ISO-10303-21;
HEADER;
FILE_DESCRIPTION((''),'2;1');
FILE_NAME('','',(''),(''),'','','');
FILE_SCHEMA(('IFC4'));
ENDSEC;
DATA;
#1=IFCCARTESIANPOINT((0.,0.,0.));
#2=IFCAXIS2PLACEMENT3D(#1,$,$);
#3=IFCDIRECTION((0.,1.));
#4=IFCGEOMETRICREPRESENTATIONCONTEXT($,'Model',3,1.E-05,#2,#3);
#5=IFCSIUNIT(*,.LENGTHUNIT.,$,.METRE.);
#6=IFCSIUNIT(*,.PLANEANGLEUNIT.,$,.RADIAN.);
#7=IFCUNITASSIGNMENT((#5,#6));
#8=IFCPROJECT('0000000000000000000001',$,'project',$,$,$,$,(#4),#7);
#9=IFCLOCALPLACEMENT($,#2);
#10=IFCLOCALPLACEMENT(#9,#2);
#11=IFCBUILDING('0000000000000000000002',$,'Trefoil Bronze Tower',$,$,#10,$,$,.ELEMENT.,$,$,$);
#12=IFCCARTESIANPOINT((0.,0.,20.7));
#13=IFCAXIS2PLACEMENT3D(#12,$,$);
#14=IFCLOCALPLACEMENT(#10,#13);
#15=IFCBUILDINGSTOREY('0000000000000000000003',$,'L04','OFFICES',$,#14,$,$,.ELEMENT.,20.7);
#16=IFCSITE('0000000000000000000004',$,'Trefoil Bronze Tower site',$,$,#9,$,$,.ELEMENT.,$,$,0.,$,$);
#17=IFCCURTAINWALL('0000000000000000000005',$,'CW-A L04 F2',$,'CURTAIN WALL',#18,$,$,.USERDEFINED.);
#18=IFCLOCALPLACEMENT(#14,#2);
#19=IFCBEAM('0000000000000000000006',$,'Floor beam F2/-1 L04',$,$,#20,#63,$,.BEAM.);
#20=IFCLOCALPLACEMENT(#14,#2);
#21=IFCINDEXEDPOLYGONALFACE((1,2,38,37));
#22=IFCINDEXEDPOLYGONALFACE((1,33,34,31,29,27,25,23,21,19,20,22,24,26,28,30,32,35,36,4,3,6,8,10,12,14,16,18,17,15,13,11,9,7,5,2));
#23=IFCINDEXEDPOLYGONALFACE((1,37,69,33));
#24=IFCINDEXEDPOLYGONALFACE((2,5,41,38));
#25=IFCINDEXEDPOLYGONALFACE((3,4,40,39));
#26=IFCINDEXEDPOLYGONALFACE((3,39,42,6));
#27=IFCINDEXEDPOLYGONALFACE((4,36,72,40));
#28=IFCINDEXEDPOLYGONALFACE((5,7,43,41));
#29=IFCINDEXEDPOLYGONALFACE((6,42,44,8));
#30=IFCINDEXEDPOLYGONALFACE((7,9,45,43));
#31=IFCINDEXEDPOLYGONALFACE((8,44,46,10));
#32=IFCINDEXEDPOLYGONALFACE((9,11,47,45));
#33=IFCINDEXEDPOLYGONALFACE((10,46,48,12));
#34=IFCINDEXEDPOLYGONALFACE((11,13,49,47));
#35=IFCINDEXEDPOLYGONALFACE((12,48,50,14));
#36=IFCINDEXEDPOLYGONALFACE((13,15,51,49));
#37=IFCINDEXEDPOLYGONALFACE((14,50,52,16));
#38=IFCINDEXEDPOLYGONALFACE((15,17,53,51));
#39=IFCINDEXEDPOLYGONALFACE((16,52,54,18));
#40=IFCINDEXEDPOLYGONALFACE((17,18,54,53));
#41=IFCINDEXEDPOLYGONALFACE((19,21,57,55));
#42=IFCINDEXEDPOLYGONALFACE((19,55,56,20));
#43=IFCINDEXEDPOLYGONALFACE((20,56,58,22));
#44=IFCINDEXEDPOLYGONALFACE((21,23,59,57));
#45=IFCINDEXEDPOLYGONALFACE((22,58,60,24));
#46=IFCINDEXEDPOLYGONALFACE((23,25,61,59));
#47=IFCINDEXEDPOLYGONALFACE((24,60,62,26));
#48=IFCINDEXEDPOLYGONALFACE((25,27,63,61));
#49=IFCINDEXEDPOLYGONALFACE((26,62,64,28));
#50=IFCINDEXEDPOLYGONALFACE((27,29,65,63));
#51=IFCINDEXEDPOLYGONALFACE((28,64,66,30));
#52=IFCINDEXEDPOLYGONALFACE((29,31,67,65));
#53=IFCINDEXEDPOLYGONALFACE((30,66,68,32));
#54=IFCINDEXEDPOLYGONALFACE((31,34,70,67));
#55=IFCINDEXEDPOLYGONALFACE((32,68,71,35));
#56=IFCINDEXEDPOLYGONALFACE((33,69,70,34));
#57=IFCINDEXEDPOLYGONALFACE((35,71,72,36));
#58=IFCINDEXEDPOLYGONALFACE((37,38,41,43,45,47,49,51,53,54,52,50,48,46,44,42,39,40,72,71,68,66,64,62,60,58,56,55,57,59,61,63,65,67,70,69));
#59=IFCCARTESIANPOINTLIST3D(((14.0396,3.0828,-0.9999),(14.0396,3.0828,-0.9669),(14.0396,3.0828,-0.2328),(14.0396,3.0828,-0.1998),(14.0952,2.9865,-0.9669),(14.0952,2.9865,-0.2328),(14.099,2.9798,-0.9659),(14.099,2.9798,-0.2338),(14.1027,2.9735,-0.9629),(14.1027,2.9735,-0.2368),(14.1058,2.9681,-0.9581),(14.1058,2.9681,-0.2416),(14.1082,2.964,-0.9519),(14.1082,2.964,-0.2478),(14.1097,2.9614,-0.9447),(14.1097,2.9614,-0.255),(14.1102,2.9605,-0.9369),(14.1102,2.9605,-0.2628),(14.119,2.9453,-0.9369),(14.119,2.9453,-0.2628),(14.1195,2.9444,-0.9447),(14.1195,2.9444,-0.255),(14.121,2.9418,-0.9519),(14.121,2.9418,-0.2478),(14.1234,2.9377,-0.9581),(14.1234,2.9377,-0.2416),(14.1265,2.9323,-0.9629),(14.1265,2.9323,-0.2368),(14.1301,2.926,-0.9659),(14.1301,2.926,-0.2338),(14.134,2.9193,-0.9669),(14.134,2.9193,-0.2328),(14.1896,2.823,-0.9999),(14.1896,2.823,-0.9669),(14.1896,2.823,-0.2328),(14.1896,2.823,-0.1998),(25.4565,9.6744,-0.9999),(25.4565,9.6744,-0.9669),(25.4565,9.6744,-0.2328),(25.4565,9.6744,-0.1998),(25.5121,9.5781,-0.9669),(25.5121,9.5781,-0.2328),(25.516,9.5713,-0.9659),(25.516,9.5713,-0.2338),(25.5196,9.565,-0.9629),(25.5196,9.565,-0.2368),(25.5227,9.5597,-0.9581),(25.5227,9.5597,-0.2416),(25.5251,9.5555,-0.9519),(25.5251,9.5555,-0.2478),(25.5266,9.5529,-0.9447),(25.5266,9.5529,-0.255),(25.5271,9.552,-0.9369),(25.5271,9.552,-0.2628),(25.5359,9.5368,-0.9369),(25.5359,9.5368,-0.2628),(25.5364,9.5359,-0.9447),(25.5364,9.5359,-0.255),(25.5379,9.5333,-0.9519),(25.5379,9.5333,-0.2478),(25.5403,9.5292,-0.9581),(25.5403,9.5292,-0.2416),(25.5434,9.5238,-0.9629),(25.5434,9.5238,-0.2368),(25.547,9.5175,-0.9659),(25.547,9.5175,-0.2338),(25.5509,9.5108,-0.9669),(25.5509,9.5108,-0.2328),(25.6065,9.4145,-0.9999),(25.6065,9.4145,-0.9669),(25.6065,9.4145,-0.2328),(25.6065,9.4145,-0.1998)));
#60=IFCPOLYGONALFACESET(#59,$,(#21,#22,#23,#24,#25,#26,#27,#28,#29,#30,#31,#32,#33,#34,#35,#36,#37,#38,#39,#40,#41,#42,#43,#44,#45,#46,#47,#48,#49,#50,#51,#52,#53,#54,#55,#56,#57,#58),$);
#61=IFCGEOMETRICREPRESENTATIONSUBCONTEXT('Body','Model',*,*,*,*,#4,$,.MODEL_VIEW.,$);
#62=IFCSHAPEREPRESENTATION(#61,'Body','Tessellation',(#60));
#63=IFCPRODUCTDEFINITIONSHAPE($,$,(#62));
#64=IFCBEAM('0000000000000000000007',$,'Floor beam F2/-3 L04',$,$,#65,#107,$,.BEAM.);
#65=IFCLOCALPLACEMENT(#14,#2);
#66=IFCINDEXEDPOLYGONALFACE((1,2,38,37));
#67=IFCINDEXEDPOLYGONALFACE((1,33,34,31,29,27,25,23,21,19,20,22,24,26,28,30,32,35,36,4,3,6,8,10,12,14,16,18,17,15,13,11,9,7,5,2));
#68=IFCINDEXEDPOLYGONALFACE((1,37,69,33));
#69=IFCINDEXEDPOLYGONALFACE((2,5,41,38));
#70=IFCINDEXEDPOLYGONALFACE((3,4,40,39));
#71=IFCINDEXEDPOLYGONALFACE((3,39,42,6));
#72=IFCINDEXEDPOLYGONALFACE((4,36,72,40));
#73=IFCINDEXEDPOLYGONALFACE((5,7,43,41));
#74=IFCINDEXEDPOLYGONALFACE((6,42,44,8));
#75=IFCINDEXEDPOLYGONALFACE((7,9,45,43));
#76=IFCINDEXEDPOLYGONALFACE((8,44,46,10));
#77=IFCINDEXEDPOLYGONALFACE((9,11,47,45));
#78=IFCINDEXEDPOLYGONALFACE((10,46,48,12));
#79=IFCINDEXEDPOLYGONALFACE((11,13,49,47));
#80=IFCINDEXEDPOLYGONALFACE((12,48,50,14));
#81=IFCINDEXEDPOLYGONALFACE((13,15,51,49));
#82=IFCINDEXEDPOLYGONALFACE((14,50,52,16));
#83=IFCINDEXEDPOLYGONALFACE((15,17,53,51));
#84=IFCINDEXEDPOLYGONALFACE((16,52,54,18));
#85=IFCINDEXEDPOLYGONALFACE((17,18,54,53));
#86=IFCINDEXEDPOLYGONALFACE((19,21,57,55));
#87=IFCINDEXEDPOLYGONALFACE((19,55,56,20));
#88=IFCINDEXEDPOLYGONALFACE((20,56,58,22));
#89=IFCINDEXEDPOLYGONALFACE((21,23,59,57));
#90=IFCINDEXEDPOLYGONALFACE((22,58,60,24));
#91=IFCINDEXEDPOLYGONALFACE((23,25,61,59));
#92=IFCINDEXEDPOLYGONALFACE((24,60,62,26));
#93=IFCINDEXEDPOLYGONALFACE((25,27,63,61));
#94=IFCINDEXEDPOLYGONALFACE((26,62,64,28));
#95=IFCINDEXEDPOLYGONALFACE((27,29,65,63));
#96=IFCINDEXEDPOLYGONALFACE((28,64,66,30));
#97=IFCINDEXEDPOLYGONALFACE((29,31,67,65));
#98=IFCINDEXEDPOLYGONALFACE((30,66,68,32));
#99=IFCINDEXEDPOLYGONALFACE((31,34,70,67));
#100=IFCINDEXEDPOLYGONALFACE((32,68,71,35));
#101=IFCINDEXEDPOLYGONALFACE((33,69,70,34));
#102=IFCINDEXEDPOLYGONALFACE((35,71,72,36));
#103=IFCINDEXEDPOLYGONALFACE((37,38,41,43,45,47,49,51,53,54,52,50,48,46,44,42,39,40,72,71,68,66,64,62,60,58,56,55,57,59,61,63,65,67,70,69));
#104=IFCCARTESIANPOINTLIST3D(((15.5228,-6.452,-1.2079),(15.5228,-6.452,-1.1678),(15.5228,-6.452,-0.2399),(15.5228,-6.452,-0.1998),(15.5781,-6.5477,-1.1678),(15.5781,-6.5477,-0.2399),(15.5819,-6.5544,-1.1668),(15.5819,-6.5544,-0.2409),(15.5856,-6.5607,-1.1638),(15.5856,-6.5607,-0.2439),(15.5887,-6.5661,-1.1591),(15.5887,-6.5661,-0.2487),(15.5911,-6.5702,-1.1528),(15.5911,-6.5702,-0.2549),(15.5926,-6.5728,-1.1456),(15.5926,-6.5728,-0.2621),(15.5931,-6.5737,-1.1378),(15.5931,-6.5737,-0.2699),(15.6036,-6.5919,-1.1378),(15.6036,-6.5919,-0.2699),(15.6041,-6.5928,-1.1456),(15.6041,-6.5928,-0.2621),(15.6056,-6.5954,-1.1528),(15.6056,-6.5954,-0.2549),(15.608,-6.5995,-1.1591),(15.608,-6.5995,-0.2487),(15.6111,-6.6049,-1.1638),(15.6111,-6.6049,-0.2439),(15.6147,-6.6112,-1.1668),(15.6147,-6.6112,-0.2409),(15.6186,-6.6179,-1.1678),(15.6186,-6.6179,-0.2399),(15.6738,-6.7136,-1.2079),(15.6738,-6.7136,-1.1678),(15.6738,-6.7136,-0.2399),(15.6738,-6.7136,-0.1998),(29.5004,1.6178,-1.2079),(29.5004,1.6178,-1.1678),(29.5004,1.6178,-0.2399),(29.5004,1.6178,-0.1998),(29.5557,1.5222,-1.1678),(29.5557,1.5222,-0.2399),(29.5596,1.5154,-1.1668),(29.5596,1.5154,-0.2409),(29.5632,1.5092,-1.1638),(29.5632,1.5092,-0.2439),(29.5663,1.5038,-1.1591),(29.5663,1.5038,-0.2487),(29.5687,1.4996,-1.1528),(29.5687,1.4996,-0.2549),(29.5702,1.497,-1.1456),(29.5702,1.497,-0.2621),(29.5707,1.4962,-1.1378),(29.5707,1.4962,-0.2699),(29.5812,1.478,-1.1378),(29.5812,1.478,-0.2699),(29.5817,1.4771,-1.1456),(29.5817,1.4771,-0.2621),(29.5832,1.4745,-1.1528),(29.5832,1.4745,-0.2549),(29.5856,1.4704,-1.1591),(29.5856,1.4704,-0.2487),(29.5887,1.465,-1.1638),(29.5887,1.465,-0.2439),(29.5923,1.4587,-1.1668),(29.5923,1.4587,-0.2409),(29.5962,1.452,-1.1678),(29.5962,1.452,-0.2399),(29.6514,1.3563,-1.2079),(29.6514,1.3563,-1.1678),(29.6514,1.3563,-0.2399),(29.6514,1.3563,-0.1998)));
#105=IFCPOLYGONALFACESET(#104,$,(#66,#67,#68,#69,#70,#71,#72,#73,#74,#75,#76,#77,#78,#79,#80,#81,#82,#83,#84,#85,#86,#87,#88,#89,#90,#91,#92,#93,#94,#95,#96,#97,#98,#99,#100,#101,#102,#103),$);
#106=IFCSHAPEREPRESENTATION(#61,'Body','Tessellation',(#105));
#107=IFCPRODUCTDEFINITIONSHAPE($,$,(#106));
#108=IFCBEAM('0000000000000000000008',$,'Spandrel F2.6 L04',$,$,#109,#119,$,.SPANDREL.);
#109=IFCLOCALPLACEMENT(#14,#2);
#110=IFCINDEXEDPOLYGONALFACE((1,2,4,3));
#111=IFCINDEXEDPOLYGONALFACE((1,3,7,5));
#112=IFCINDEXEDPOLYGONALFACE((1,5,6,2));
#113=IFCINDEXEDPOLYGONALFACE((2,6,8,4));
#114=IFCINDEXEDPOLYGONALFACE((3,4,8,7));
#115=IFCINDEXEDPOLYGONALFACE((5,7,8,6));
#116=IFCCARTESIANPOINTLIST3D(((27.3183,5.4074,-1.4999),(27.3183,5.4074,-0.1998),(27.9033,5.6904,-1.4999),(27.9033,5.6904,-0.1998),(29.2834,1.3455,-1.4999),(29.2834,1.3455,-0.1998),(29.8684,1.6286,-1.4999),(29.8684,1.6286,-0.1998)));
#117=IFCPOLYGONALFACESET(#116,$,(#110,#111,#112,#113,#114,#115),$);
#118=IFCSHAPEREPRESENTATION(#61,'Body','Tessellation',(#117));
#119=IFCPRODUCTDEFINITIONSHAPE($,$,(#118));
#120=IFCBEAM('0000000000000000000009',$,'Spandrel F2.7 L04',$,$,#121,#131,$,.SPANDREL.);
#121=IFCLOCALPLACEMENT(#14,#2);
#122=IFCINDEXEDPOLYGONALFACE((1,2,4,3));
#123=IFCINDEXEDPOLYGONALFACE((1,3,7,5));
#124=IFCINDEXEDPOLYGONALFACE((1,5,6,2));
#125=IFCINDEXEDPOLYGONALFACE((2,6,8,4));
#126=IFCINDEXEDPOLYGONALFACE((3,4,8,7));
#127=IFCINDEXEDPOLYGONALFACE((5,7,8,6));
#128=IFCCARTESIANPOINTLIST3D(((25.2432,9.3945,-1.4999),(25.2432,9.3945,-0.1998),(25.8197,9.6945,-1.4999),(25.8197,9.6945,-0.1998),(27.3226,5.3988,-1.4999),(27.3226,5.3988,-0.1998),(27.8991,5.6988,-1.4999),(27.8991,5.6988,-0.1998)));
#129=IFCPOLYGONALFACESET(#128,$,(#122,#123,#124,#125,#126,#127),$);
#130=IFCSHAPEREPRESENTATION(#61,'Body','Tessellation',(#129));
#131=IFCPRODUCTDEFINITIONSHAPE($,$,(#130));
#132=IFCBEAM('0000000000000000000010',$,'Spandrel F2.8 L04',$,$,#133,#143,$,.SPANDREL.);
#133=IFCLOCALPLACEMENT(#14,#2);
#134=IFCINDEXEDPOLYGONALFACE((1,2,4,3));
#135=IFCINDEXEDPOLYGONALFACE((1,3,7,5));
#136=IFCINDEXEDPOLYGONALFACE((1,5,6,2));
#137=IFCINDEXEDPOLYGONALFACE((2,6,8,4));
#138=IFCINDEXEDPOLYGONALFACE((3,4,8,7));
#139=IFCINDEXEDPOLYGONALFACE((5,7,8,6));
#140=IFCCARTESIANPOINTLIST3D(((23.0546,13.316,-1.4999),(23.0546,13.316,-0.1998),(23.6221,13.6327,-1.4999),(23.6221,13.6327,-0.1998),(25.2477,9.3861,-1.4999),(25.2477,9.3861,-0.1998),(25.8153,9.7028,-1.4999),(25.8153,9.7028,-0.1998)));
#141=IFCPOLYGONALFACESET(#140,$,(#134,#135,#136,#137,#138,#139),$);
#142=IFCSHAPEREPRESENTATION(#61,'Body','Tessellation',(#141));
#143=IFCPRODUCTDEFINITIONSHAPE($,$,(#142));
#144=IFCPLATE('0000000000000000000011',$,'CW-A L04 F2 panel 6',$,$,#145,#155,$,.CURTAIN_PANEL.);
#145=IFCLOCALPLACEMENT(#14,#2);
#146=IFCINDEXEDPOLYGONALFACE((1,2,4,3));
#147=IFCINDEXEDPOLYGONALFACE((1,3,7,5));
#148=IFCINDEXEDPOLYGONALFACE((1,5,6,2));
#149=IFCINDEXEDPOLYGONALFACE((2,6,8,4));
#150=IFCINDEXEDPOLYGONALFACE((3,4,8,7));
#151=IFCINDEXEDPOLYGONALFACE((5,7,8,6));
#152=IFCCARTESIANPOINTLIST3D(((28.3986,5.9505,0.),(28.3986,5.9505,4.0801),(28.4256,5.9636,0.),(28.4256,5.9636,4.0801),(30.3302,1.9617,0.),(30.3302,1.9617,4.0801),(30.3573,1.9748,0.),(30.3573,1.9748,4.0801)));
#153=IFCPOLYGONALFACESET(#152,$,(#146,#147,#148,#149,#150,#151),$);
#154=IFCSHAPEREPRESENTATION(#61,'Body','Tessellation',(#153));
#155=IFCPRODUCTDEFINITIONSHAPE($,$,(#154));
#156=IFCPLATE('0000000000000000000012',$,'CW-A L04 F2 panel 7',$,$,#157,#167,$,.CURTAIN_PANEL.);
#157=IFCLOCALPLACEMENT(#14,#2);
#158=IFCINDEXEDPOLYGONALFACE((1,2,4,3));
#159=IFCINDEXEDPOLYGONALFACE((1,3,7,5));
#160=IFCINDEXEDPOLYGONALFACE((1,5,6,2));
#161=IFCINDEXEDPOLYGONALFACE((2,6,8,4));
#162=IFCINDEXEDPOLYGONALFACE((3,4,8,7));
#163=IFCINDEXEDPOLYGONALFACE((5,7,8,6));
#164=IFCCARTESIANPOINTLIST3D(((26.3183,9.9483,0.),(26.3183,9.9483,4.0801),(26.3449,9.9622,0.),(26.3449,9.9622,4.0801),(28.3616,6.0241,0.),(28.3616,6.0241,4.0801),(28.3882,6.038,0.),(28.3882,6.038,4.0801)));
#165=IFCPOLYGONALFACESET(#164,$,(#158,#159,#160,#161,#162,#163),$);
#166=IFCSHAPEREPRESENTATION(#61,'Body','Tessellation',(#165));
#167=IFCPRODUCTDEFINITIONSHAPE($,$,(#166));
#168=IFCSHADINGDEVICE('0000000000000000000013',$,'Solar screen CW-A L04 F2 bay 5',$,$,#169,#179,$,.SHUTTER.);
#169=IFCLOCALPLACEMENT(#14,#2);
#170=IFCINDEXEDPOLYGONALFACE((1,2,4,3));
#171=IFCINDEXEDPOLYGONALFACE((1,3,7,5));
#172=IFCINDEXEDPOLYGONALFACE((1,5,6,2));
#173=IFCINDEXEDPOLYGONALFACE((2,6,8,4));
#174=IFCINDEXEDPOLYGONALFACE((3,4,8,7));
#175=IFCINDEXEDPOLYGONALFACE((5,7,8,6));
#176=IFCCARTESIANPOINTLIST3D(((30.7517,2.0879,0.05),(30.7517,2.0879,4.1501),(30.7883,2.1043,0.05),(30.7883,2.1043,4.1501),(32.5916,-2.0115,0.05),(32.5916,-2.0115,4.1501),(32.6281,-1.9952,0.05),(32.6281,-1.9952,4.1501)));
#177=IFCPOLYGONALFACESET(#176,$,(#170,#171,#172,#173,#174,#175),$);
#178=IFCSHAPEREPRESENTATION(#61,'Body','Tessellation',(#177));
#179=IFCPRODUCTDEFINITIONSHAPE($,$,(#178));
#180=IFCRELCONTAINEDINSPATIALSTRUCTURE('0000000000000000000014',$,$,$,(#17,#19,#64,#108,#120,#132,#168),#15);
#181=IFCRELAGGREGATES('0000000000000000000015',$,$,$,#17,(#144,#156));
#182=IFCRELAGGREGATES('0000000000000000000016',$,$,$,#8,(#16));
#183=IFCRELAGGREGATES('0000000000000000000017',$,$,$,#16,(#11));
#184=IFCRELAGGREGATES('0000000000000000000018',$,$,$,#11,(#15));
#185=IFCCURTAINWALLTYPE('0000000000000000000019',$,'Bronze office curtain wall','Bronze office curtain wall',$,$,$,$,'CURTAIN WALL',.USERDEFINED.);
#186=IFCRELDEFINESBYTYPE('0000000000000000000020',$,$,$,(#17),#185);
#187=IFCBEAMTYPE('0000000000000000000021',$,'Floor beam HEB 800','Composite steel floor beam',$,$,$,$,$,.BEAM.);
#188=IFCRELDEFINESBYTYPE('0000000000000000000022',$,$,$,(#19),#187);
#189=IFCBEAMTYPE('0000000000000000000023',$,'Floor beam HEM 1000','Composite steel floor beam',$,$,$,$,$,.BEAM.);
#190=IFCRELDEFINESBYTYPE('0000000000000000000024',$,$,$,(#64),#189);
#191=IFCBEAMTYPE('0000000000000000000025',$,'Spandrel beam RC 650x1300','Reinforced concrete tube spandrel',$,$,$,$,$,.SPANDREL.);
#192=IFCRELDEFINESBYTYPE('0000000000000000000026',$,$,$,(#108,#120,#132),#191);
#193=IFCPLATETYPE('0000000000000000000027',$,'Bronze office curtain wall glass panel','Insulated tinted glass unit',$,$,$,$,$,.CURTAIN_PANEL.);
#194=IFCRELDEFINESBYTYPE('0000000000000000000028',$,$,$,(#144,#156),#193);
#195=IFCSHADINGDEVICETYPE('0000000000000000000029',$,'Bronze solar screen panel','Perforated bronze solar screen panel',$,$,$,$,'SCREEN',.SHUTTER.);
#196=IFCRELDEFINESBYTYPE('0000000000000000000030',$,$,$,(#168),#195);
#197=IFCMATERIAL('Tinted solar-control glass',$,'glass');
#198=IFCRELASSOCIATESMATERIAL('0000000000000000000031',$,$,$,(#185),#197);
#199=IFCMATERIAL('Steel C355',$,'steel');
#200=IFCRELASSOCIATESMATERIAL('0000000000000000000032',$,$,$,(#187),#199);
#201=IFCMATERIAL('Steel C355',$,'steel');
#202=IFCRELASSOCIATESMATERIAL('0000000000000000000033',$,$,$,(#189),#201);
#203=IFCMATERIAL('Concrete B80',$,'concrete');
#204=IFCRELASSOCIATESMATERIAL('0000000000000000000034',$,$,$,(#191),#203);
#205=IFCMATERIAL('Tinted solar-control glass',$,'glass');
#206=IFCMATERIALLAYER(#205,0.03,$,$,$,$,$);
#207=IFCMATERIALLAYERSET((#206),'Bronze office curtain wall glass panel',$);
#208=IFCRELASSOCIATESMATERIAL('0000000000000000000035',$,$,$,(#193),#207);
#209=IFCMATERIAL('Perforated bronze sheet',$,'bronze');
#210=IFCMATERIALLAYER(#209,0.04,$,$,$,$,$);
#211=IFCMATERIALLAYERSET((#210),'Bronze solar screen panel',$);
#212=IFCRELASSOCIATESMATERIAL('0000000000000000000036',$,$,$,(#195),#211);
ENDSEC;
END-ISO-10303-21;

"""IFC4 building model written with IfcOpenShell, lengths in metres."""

from ifc_helpers import new_model, si_unit, direction, frame, origin, origin_2d, place, context, subcontext, project, spatial, rectangle, i_section, extrude, material, layer, layer_set, material_profile, profile_set, type_object, element, aggregate, save


model = new_model("IFC4")

# Units and contexts
model_context = context("Model", 3, precision=1e-05, world=origin(), true_north=direction((0.0, 1.0)))
body_context = subcontext(model_context, "Body", "Model", "MODEL_VIEW")
ifc_project = project(units=[si_unit("LENGTHUNIT", "METRE"), si_unit("PLANEANGLEUNIT", "RADIAN")], contexts=[model_context])

# Site, building, storey
site_placement = place(None, origin())
site = spatial("IfcSite", under=ifc_project, at=site_placement, Name="Trefoil Bronze Tower site", CompositionType="ELEMENT", RefElevation=0.0)
building_placement = place(site_placement, origin())
building = spatial("IfcBuilding", under=site, at=building_placement, Name="Trefoil Bronze Tower", CompositionType="ELEMENT")
storey_placement = place(building_placement, frame((0.0, 0.0, 20.7)))
storey = spatial("IfcBuildingStorey", under=building, at=storey_placement, Name="L04", Description="OFFICES", CompositionType="ELEMENT", Elevation=20.7)

# Curtain wall
ifc_material_1 = material(Name="Tinted solar-control glass", Category="glass")
curtain_wall_type = type_object("IfcCurtainWallType", Name="Bronze office curtain wall", Description="Bronze office curtain wall", ElementType="CURTAIN WALL", PredefinedType="USERDEFINED", material=ifc_material_1)
curtain_wall_placement = place(storey_placement, origin())
curtain_wall = element("IfcCurtainWall", 1, at=curtain_wall_placement, inside=storey, type_object=curtain_wall_type, Name="CW-A L04 F2", ObjectType="CURTAIN WALL", PredefinedType="USERDEFINED")

# Beams
ifc_material_2 = material(Name="Steel C355", Category="steel")
ifc_material_profile_1 = material_profile(ifc_material_2, i_section(OverallWidth=0.3, OverallDepth=0.8, WebThickness=0.0176, FlangeThickness=0.033, FilletRadius=0.03, at=origin_2d()), Name="HEB 800")
ifc_profile_set_1 = profile_set([ifc_material_profile_1], Name="Steel C355")
beam_type_1 = type_object("IfcBeamType", Name="Floor beam HEB 800", Description="Composite steel floor beam", PredefinedType="BEAM", material=ifc_profile_set_1)
beam_1_placement = place(storey_placement, frame((25.5315, 9.5444, -0.5999), z_axis=(-0.866027, -0.499997, 0.0), x_axis=(0.499997, -0.866027, 0.0)))
element("IfcBeam", 2, at=beam_1_placement, inside=storey, type_object=beam_type_1, Name="Floor beam F2/-1 L04", PredefinedType="BEAM", context=body_context, shape_type="SweptSolid", body=[
    extrude(i_section(OverallWidth=0.3, OverallDepth=0.8, WebThickness=0.0176, FlangeThickness=0.033, FilletRadius=0.03, at=origin_2d()), origin(), (0.0, 0.0, 1.0), 13.1831),
])
ifc_material_3 = material(Name="Steel C355", Category="steel")
ifc_material_profile_2 = material_profile(ifc_material_3, i_section(OverallWidth=0.302, OverallDepth=1.0081, WebThickness=0.021, FlangeThickness=0.04, FilletRadius=0.03, at=origin_2d()), Name="HEM 1000")
ifc_profile_set_2 = profile_set([ifc_material_profile_2], Name="Steel C355")
beam_type_2 = type_object("IfcBeamType", Name="Floor beam HEM 1000", Description="Composite steel floor beam", PredefinedType="BEAM", material=ifc_profile_set_2)
beam_2_placement = place(storey_placement, frame((29.5759, 1.4871, -0.7039), z_axis=(-0.866028, -0.499995, 0.0), x_axis=(0.499995, -0.866028, 0.0)))
element("IfcBeam", 3, at=beam_2_placement, inside=storey, type_object=beam_type_2, Name="Floor beam F2/-3 L04", PredefinedType="BEAM", context=body_context, shape_type="SweptSolid", body=[
    extrude(i_section(OverallWidth=0.302, OverallDepth=1.0081, WebThickness=0.021, FlangeThickness=0.04, FilletRadius=0.03, at=origin_2d()), origin(), (0.0, 0.0, 1.0), 16.1399),
])
ifc_material_4 = material(Name="Concrete B80", Category="concrete")
ifc_material_profile_3 = material_profile(ifc_material_4, rectangle(XDim=0.6499, YDim=1.3, at=origin_2d()), Name="RC 650x1300")
ifc_profile_set_3 = profile_set([ifc_material_profile_3], Name="Concrete B80")
beam_type_3 = type_object("IfcBeamType", Name="Spandrel beam RC 650x1300", Description="Reinforced concrete tube spandrel", PredefinedType="SPANDREL", material=ifc_profile_set_3)
beam_3_placement = place(storey_placement, frame((29.5759, 1.4871, -0.8499), z_axis=(-0.43551, 0.900184, 0.0), x_axis=(-0.900184, -0.43551, 0.0)))
element("IfcBeam", 4, at=beam_3_placement, inside=storey, type_object=beam_type_3, Name="Spandrel F2.6 L04", PredefinedType="SPANDREL", context=body_context, shape_type="SweptSolid", body=[
    extrude(rectangle(XDim=0.6499, YDim=1.3, at=origin_2d()), origin(), (0.0, 0.0, 1.0), 4.5122),
])
beam_4_placement = place(storey_placement, frame((27.6108, 5.5488, -0.8499), z_axis=(-0.461638, 0.887069, 0.0), x_axis=(-0.887069, -0.461638, 0.0)))
element("IfcBeam", 5, at=beam_4_placement, inside=storey, type_object=beam_type_3, Name="Spandrel F2.7 L04", PredefinedType="SPANDREL", context=body_context, shape_type="SweptSolid", body=[
    extrude(rectangle(XDim=0.6499, YDim=1.3, at=origin_2d()), origin(), (0.0, 0.0, 1.0), 4.5044),
])
beam_5_placement = place(storey_placement, frame((25.5315, 9.5444, -0.8499), z_axis=(-0.487309, 0.873229, 0.0), x_axis=(-0.873229, -0.487309, 0.0)))
element("IfcBeam", 6, at=beam_5_placement, inside=storey, type_object=beam_type_3, Name="Spandrel F2.8 L04", PredefinedType="SPANDREL", context=body_context, shape_type="SweptSolid", body=[
    extrude(rectangle(XDim=0.6499, YDim=1.3, at=origin_2d()), origin(), (0.0, 0.0, 1.0), 4.5005),
])

# Plates
ifc_material_5 = material(Name="Tinted solar-control glass", Category="glass")
ifc_layer_1 = layer(ifc_material_5, 0.03)
ifc_layer_set_1 = layer_set([ifc_layer_1], Name="Bronze office curtain wall glass panel")
plate_type = type_object("IfcPlateType", Name="Bronze office curtain wall glass panel", Description="Insulated tinted glass unit", PredefinedType="CURTAIN_PANEL", material=ifc_layer_set_1)
plate_1_placement = place(storey_placement, frame((29.3779, 3.9626, 0.0), z_axis=(0.0, 0.0, 1.0), x_axis=(-0.435855, 0.900017, 0.0)))
plate_1 = element("IfcPlate", 7, at=plate_1_placement, type_object=plate_type, Name="CW-A L04 F2 panel 6", PredefinedType="CURTAIN_PANEL", context=body_context, shape_type="SweptSolid", body=[
    extrude(rectangle(XDim=4.4319, YDim=0.03, at=origin_2d()), origin(), (0.0, 0.0, 1.0), 4.0801),
])
plate_2_placement = place(storey_placement, frame((27.3533, 7.9932, 0.0), z_axis=(0.0, 0.0, 1.0), x_axis=(-0.46183, 0.886969, 0.0)))
plate_2 = element("IfcPlate", 8, at=plate_2_placement, type_object=plate_type, Name="CW-A L04 F2 panel 7", PredefinedType="CURTAIN_PANEL", context=body_context, shape_type="SweptSolid", body=[
    extrude(rectangle(XDim=4.4243, YDim=0.03, at=origin_2d()), origin(), (0.0, 0.0, 1.0), 4.0801),
])
aggregate(curtain_wall, [plate_1, plate_2])

# Shading device
ifc_material_6 = material(Name="Perforated bronze sheet", Category="bronze")
ifc_layer_2 = layer(ifc_material_6, 0.04)
ifc_layer_set_2 = layer_set([ifc_layer_2], Name="Bronze solar screen panel")
shading_device_type = type_object("IfcShadingDeviceType", Name="Bronze solar screen panel", Description="Perforated bronze solar screen panel", ElementType="SCREEN", PredefinedType="SHUTTER", material=ifc_layer_set_2)
shading_device_1_placement = place(storey_placement, frame((31.6899, 0.0464, 0.05), z_axis=(0.0, 0.0, 1.0), x_axis=(-0.409456, 0.91233, 0.0)))
element("IfcShadingDevice", 9, at=shading_device_1_placement, inside=storey, type_object=shading_device_type, Name="Solar screen CW-A L04 F2 bay 5", PredefinedType="SHUTTER", context=body_context, shape_type="SweptSolid", body=[
    extrude(rectangle(XDim=4.4934, YDim=0.04, at=origin_2d()), origin(), (0.0, 0.0, 1.0), 4.1001),
])

save(model, "model.ifc")
